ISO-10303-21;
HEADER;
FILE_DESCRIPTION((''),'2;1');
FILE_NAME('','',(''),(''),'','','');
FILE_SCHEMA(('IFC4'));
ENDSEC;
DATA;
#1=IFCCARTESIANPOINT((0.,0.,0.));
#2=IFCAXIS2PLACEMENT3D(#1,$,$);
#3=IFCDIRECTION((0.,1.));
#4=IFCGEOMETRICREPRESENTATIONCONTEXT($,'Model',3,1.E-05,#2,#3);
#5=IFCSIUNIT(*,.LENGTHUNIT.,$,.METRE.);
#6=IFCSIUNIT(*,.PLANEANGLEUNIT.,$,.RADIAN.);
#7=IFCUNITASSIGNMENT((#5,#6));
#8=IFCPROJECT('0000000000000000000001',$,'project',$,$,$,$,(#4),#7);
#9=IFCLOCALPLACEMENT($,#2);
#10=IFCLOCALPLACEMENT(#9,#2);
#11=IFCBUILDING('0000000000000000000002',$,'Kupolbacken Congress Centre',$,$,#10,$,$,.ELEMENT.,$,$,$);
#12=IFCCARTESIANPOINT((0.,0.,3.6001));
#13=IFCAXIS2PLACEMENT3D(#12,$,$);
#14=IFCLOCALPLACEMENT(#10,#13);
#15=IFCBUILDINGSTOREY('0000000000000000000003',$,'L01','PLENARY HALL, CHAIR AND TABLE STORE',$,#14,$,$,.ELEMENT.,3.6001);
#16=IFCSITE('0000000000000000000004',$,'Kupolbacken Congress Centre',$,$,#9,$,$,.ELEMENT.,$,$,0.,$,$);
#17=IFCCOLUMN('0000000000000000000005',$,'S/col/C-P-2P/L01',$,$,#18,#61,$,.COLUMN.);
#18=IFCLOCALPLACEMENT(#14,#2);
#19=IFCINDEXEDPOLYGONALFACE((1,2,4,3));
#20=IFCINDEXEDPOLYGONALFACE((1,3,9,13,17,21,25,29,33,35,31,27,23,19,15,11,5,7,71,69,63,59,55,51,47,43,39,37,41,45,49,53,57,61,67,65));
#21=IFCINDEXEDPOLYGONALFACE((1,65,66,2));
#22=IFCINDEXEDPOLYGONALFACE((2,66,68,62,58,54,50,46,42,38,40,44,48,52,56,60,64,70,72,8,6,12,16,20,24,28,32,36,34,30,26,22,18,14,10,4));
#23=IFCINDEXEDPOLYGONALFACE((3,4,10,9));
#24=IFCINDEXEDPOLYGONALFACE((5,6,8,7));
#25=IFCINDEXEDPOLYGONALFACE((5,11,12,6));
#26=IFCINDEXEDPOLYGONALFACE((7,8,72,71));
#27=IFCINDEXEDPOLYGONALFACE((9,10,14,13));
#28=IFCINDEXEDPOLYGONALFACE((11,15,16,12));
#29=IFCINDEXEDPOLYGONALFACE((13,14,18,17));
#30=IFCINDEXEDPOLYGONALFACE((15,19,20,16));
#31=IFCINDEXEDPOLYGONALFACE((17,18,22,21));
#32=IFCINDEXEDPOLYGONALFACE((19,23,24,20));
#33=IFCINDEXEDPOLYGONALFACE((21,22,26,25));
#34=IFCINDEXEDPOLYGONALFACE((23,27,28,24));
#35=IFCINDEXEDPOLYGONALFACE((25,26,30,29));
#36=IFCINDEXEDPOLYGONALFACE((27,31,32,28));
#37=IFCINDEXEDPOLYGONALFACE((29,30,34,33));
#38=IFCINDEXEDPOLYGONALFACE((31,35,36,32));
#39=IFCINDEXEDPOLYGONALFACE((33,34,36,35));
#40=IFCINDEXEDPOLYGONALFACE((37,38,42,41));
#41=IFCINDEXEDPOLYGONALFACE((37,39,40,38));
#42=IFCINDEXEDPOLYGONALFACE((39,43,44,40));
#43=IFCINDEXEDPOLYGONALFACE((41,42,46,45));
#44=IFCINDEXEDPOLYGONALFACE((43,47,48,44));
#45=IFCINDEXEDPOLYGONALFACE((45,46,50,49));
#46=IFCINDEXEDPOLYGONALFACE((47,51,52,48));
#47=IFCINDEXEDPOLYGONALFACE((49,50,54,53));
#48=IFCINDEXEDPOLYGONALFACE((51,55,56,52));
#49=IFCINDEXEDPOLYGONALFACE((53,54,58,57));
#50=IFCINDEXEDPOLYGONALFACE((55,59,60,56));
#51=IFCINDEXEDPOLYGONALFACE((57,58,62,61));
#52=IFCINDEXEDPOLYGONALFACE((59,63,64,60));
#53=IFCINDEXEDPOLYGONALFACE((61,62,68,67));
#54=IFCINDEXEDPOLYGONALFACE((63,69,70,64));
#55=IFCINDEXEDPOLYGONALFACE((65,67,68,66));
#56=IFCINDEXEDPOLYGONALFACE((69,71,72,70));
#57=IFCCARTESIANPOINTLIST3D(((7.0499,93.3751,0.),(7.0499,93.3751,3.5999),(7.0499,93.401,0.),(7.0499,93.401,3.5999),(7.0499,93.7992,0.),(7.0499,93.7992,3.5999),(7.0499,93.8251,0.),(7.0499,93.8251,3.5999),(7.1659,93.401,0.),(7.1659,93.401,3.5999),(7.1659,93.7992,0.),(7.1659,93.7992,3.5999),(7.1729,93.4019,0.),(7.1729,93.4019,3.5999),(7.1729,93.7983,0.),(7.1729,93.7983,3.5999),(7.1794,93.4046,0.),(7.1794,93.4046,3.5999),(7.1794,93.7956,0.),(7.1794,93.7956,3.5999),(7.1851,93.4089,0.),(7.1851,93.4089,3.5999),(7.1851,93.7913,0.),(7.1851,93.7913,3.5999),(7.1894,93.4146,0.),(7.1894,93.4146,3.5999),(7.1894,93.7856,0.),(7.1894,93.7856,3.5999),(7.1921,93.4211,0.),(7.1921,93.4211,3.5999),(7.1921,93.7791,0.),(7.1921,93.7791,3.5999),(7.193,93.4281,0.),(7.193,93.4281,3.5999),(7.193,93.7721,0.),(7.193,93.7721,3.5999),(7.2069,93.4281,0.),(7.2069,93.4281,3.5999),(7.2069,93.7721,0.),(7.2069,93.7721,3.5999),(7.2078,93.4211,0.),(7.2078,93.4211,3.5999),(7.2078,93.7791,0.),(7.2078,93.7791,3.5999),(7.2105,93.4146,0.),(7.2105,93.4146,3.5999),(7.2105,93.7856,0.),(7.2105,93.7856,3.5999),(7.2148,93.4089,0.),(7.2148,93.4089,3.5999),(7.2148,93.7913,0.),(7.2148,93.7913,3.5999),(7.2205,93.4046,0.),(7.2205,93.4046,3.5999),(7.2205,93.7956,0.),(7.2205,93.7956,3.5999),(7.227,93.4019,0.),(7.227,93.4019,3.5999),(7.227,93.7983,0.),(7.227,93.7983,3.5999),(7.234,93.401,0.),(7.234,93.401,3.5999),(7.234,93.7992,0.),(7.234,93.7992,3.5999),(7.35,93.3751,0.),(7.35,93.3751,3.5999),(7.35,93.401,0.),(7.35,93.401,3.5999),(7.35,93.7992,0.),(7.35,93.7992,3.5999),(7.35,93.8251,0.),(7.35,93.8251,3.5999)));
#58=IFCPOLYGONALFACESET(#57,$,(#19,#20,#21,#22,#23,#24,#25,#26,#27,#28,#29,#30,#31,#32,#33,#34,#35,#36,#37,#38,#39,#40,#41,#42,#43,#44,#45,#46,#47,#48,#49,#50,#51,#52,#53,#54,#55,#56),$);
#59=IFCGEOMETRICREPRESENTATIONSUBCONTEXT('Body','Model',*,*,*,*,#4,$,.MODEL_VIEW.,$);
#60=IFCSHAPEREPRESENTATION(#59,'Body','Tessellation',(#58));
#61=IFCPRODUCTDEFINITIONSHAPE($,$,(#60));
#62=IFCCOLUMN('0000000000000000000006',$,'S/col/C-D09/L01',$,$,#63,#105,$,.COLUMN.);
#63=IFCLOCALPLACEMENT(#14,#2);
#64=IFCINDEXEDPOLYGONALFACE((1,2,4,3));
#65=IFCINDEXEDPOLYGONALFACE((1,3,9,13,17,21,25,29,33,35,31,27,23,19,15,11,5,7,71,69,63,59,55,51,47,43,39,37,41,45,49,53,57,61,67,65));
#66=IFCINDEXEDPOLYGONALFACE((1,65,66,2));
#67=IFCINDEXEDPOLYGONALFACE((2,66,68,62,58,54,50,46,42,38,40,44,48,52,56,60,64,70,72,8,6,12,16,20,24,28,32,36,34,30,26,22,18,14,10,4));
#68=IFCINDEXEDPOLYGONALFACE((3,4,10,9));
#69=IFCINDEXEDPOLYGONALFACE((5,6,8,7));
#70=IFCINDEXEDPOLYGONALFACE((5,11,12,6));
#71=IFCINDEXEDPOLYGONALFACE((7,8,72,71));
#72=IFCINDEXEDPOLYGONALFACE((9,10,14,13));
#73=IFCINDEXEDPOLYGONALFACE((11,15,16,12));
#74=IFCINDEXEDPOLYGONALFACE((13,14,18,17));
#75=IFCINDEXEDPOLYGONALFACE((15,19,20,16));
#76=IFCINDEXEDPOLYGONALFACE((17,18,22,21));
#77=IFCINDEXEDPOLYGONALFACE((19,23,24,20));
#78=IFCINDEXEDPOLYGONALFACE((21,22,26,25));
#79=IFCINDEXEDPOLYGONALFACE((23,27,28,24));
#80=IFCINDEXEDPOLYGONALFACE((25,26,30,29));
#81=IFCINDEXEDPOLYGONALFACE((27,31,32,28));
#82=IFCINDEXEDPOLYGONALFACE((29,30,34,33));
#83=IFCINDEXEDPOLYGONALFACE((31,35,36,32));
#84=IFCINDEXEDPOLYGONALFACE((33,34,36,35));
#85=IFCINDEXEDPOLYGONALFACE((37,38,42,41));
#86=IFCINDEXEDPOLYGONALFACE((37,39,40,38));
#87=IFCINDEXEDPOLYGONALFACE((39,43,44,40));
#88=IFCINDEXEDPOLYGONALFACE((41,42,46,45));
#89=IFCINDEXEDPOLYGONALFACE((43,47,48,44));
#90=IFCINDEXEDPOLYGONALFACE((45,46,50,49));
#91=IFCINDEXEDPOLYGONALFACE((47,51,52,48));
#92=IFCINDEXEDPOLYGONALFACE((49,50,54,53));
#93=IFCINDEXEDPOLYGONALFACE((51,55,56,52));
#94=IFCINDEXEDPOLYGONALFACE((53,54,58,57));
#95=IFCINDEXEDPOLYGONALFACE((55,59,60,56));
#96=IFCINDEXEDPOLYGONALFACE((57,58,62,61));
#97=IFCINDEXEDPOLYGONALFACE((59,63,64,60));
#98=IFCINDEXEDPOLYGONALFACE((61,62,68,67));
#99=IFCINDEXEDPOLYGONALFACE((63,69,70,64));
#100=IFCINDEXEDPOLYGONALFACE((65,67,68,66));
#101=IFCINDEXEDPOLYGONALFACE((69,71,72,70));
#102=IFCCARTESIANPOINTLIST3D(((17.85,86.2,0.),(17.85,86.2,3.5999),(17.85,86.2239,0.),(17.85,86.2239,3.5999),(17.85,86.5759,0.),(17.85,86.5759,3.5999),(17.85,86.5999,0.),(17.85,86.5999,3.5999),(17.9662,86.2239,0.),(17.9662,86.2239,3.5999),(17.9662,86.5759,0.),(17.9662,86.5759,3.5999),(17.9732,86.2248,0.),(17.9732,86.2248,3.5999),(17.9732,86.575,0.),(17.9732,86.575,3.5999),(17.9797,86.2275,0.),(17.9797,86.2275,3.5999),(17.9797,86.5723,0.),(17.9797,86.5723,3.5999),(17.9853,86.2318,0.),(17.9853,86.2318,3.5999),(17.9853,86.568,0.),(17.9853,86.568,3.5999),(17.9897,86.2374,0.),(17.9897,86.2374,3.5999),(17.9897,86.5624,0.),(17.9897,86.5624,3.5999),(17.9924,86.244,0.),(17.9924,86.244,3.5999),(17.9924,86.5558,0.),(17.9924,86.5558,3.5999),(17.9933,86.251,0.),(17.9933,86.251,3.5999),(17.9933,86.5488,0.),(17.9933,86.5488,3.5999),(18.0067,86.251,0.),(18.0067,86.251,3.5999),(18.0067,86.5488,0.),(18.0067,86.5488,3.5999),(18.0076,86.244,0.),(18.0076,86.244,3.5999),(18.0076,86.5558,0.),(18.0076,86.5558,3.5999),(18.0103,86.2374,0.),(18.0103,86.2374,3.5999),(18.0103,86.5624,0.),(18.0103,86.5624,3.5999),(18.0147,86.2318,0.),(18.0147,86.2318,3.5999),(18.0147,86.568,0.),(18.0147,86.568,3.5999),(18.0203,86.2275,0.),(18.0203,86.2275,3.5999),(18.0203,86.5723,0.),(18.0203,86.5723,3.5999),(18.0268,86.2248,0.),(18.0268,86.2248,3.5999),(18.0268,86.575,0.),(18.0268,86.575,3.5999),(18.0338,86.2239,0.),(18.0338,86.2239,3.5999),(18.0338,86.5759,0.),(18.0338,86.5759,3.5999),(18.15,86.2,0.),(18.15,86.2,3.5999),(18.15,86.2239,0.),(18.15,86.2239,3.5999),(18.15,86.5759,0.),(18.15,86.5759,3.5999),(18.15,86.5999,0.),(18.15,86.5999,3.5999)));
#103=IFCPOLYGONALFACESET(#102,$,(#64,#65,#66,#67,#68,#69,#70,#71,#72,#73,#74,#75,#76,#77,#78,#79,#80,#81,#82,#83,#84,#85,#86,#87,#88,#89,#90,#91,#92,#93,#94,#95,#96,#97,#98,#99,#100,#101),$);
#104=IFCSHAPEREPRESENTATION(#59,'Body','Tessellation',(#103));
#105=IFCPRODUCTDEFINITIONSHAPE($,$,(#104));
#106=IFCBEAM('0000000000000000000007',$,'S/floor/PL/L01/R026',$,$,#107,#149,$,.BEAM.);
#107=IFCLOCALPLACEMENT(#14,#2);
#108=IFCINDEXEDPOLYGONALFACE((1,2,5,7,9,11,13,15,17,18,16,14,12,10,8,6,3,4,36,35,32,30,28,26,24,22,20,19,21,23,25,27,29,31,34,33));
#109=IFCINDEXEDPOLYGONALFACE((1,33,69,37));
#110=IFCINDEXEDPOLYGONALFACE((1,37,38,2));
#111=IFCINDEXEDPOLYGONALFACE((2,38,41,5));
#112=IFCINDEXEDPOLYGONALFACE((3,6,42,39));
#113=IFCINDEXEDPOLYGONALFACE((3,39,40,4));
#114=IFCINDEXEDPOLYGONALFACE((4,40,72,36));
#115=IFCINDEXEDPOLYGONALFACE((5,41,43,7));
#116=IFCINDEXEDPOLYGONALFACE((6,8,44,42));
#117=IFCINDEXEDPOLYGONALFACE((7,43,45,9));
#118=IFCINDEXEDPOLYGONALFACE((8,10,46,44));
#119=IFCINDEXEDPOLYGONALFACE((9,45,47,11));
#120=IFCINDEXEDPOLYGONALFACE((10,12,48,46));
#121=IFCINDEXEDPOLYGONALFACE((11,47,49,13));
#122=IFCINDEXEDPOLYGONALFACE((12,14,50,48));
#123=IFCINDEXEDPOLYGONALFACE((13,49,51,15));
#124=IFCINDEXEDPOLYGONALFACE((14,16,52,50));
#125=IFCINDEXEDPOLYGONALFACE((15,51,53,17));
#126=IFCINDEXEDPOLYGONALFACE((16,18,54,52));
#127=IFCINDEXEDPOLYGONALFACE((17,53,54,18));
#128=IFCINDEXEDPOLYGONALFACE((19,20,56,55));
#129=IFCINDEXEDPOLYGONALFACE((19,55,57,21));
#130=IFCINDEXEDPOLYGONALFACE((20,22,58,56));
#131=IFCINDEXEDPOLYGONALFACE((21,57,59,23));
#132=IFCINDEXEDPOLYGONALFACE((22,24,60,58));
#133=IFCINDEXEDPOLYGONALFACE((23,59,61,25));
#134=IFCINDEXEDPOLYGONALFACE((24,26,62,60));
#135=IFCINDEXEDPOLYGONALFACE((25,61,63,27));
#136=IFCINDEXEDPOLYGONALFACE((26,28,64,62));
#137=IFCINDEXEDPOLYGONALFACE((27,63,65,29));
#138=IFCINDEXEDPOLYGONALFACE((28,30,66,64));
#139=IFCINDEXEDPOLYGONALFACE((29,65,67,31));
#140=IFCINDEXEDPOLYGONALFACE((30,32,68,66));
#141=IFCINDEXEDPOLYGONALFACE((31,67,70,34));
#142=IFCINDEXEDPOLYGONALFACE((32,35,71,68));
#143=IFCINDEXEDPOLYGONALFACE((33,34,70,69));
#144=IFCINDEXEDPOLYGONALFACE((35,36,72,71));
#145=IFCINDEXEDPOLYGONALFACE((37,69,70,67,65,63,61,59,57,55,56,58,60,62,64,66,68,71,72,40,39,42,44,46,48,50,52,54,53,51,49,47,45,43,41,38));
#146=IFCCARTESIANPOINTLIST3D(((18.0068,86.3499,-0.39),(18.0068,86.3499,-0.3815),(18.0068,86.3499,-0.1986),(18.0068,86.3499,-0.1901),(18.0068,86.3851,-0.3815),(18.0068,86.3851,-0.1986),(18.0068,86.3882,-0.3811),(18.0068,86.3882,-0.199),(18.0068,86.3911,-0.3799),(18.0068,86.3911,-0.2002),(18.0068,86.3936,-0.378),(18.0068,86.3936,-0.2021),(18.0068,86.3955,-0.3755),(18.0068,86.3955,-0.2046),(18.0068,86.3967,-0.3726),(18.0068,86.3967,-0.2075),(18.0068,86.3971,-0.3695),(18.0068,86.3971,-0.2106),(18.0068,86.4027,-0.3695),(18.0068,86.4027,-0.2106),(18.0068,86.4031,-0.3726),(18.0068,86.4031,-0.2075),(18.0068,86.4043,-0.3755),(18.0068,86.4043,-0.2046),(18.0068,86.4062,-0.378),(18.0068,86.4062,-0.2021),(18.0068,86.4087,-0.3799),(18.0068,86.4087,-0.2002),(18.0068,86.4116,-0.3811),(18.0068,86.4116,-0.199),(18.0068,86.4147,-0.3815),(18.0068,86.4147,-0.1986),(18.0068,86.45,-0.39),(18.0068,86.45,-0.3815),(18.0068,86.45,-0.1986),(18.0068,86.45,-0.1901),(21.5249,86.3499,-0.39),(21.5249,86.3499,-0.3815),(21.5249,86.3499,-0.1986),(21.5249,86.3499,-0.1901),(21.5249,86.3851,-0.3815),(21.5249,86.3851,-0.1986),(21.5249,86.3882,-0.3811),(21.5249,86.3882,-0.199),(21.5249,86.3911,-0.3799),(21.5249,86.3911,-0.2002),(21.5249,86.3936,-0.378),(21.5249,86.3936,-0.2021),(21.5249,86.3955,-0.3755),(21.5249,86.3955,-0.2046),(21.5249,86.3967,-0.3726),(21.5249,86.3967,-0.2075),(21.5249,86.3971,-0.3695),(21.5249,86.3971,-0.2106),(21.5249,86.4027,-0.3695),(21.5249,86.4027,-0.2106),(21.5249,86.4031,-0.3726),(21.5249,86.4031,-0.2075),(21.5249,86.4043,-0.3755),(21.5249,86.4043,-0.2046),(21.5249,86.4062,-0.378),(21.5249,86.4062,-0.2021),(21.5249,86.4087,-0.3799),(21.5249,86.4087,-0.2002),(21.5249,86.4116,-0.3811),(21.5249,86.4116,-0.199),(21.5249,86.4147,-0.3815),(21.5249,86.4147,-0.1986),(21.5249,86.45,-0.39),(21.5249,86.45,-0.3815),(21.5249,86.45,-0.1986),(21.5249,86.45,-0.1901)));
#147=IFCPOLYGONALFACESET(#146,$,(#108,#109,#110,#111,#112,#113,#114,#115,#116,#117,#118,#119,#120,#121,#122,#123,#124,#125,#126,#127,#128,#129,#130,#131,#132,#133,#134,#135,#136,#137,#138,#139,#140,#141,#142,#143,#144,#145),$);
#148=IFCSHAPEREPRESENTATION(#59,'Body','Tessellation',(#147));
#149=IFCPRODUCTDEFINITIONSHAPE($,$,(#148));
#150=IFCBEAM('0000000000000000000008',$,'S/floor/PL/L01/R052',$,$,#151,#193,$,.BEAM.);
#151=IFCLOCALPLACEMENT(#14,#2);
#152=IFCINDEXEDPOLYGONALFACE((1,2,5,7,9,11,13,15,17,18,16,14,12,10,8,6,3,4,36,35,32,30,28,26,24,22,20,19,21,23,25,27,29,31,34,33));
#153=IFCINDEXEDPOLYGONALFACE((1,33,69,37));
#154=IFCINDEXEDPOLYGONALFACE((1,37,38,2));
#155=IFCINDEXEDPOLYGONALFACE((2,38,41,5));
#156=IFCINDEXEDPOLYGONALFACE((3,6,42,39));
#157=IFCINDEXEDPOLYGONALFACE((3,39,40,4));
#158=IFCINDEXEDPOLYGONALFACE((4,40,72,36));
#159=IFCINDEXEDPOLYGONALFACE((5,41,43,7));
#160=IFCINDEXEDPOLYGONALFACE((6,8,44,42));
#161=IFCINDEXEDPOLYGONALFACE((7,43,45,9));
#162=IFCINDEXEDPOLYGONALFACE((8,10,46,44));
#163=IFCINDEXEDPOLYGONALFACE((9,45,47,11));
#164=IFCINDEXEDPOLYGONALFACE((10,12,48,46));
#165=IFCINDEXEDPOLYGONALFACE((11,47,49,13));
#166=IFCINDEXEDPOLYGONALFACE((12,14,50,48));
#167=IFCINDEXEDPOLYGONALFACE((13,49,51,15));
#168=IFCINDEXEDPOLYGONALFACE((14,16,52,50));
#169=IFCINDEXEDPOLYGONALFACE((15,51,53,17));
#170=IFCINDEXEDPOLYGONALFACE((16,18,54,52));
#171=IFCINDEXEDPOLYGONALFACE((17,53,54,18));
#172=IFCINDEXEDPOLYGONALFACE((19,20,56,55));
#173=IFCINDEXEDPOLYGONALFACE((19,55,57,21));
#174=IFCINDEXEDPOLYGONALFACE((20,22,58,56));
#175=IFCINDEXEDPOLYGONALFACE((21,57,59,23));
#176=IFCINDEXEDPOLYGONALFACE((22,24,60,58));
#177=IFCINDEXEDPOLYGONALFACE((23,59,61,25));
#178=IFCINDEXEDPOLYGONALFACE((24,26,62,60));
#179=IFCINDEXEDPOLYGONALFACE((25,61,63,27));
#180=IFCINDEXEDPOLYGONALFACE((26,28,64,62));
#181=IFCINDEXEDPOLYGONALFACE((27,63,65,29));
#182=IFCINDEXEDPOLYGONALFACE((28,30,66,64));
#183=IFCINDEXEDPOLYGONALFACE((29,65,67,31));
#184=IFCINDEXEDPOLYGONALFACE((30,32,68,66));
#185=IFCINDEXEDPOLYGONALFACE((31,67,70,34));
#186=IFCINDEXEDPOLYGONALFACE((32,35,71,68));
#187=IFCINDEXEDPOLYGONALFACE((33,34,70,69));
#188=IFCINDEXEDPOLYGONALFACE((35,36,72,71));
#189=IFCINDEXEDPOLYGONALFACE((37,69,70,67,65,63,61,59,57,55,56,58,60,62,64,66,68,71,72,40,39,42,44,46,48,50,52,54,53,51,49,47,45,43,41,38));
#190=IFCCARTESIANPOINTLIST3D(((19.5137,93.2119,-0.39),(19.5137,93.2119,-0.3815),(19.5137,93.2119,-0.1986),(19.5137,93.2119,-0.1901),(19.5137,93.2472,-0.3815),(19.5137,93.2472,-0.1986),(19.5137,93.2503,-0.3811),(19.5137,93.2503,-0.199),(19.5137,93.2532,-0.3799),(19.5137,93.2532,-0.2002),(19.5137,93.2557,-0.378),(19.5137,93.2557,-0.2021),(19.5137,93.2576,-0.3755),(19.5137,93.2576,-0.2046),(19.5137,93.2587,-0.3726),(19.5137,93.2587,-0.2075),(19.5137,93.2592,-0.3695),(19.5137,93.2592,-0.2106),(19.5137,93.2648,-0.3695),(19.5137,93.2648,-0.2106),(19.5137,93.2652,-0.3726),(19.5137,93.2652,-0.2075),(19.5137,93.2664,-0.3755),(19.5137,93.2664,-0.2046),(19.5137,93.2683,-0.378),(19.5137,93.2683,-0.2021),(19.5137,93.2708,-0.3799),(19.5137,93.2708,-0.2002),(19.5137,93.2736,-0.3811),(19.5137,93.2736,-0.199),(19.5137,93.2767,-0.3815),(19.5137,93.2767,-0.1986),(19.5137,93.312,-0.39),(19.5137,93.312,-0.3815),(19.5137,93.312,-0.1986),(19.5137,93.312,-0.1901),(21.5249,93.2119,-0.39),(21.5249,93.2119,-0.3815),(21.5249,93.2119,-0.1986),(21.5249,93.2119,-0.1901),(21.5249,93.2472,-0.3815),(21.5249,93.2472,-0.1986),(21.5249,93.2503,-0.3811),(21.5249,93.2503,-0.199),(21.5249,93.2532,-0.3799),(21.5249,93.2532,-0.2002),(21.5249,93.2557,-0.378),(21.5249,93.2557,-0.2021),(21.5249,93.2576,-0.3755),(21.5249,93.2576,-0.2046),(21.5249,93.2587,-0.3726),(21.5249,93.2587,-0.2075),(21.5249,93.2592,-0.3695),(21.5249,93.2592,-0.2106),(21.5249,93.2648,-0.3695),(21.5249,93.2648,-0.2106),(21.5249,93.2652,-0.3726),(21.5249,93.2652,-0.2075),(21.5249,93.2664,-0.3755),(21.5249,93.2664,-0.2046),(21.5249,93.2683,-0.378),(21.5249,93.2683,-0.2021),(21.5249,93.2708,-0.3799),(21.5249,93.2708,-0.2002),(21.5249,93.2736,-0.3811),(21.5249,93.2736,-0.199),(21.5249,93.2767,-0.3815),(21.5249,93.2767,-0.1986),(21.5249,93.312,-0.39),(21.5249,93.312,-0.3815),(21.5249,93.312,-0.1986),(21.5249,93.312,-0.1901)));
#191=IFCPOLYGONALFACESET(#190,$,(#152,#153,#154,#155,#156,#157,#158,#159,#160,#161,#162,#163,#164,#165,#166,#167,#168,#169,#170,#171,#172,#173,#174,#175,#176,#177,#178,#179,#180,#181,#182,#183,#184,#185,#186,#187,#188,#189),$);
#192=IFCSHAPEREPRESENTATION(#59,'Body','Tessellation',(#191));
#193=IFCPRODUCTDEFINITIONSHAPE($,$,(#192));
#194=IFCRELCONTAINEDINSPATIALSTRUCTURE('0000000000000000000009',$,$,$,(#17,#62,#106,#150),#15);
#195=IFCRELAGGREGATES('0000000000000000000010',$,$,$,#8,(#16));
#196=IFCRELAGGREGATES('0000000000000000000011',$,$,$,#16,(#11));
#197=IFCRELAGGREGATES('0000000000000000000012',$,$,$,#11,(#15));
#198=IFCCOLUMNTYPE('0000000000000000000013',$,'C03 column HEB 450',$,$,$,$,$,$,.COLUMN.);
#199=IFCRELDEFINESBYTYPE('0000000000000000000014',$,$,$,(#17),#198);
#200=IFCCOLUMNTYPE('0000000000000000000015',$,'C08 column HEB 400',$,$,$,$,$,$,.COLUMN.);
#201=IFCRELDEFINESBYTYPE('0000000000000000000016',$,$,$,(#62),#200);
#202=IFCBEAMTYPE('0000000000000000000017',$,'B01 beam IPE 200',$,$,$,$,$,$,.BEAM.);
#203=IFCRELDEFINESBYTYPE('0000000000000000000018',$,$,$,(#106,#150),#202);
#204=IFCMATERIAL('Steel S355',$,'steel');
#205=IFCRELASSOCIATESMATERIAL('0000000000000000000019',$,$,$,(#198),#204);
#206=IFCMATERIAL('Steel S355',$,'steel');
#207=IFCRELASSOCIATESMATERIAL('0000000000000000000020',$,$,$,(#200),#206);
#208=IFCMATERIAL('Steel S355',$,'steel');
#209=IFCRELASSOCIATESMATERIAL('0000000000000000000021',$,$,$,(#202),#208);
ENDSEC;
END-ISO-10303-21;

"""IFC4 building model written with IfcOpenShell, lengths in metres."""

from ifc_helpers import new_model, si_unit, direction, frame, origin, origin_2d, place, context, subcontext, project, spatial, i_section, extrude, material, material_profile, profile_set, type_object, element, save


model = new_model("IFC4")

# Units and contexts
model_context = context("Model", 3, precision=1e-05, world=origin(), true_north=direction((0.0, 1.0)))
body_context = subcontext(model_context, "Body", "Model", "MODEL_VIEW")
ifc_project = project(units=[si_unit("LENGTHUNIT", "METRE"), si_unit("PLANEANGLEUNIT", "RADIAN")], contexts=[model_context])

# Site, building, storey
site_placement = place(None, origin())
site = spatial("IfcSite", under=ifc_project, at=site_placement, Name="Kupolbacken Congress Centre", CompositionType="ELEMENT", RefElevation=0.0)
building_placement = place(site_placement, origin())
building = spatial("IfcBuilding", under=site, at=building_placement, Name="Kupolbacken Congress Centre", CompositionType="ELEMENT")
storey_placement = place(building_placement, frame((0.0, 0.0, 3.6001)))
storey = spatial("IfcBuildingStorey", under=building, at=storey_placement, Name="L01", Description="PLENARY HALL, CHAIR AND TABLE STORE", CompositionType="ELEMENT", Elevation=3.6001)

# Columns
ifc_material_1 = material(Name="Steel S355", Category="steel")
ifc_material_profile_1 = material_profile(ifc_material_1, i_section(OverallWidth=0.3, OverallDepth=0.45, WebThickness=0.0139, FlangeThickness=0.0259, FilletRadius=0.0271, at=origin_2d()), Name="HEB 450")
ifc_profile_set_1 = profile_set([ifc_material_profile_1], Name="Steel S355")
column_type_1 = type_object("IfcColumnType", Name="C03 column HEB 450", PredefinedType="COLUMN", material=ifc_profile_set_1)
column_1_placement = place(storey_placement, frame((7.2, 93.6001, 0.0), z_axis=(0.0, 0.0, 1.0), x_axis=(1.0, 0.0, 0.0)))
element("IfcColumn", 1, at=column_1_placement, inside=storey, type_object=column_type_1, Name="S/col/C-P-2P/L01", PredefinedType="COLUMN", context=body_context, shape_type="SweptSolid", body=[
    extrude(i_section(OverallWidth=0.3, OverallDepth=0.45, WebThickness=0.0139, FlangeThickness=0.0259, FilletRadius=0.0271, at=origin_2d()), origin(), (0.0, 0.0, 1.0), 3.5999),
])
ifc_material_2 = material(Name="Steel S355", Category="steel")
ifc_material_profile_2 = material_profile(ifc_material_2, i_section(OverallWidth=0.3, OverallDepth=0.3999, WebThickness=0.0134, FlangeThickness=0.0239, FilletRadius=0.0271, at=origin_2d()), Name="HEB 400")
ifc_profile_set_2 = profile_set([ifc_material_profile_2], Name="Steel S355")
column_type_2 = type_object("IfcColumnType", Name="C08 column HEB 400", PredefinedType="COLUMN", material=ifc_profile_set_2)
column_2_placement = place(storey_placement, frame((18.0, 86.3999, 0.0), z_axis=(0.0, 0.0, 1.0), x_axis=(-1.0, 0.0, 0.0)))
element("IfcColumn", 2, at=column_2_placement, inside=storey, type_object=column_type_2, Name="S/col/C-D09/L01", PredefinedType="COLUMN", context=body_context, shape_type="SweptSolid", body=[
    extrude(i_section(OverallWidth=0.3, OverallDepth=0.3999, WebThickness=0.0134, FlangeThickness=0.0239, FilletRadius=0.0271, at=origin_2d()), origin(), (0.0, 0.0, 1.0), 3.5999),
])

# Beams
ifc_material_3 = material(Name="Steel S355", Category="steel")
ifc_material_profile_3 = material_profile(ifc_material_3, i_section(OverallWidth=0.1001, OverallDepth=0.2, WebThickness=0.0056, FlangeThickness=0.0085, FilletRadius=0.012, at=origin_2d()), Name="IPE 200")
ifc_profile_set_3 = profile_set([ifc_material_profile_3], Name="Steel S355")
beam_type_1 = type_object("IfcBeamType", Name="B01 beam IPE 200", PredefinedType="BEAM", material=ifc_profile_set_3)
beam_1_placement = place(storey_placement, frame((18.0068, 86.3999, -0.29), z_axis=(1.0, 0.0, 0.0), x_axis=(0.0, 1.0, 0.0)))
element("IfcBeam", 3, at=beam_1_placement, inside=storey, type_object=beam_type_1, Name="S/floor/PL/L01/R026", PredefinedType="BEAM", context=body_context, shape_type="SweptSolid", body=[
    extrude(i_section(OverallWidth=0.1001, OverallDepth=0.2, WebThickness=0.0056, FlangeThickness=0.0085, FilletRadius=0.012, at=origin_2d()), origin(), (0.0, 0.0, 1.0), 3.5181),
])
beam_2_placement = place(storey_placement, frame((19.5137, 93.262, -0.29), z_axis=(1.0, 0.0, 0.0), x_axis=(0.0, 1.0, 0.0)))
element("IfcBeam", 4, at=beam_2_placement, inside=storey, type_object=beam_type_1, Name="S/floor/PL/L01/R052", PredefinedType="BEAM", context=body_context, shape_type="SweptSolid", body=[
    extrude(i_section(OverallWidth=0.1001, OverallDepth=0.2, WebThickness=0.0056, FlangeThickness=0.0085, FilletRadius=0.012, at=origin_2d()), origin(), (0.0, 0.0, 1.0), 2.0112),
])

save(model, "model.ifc")
